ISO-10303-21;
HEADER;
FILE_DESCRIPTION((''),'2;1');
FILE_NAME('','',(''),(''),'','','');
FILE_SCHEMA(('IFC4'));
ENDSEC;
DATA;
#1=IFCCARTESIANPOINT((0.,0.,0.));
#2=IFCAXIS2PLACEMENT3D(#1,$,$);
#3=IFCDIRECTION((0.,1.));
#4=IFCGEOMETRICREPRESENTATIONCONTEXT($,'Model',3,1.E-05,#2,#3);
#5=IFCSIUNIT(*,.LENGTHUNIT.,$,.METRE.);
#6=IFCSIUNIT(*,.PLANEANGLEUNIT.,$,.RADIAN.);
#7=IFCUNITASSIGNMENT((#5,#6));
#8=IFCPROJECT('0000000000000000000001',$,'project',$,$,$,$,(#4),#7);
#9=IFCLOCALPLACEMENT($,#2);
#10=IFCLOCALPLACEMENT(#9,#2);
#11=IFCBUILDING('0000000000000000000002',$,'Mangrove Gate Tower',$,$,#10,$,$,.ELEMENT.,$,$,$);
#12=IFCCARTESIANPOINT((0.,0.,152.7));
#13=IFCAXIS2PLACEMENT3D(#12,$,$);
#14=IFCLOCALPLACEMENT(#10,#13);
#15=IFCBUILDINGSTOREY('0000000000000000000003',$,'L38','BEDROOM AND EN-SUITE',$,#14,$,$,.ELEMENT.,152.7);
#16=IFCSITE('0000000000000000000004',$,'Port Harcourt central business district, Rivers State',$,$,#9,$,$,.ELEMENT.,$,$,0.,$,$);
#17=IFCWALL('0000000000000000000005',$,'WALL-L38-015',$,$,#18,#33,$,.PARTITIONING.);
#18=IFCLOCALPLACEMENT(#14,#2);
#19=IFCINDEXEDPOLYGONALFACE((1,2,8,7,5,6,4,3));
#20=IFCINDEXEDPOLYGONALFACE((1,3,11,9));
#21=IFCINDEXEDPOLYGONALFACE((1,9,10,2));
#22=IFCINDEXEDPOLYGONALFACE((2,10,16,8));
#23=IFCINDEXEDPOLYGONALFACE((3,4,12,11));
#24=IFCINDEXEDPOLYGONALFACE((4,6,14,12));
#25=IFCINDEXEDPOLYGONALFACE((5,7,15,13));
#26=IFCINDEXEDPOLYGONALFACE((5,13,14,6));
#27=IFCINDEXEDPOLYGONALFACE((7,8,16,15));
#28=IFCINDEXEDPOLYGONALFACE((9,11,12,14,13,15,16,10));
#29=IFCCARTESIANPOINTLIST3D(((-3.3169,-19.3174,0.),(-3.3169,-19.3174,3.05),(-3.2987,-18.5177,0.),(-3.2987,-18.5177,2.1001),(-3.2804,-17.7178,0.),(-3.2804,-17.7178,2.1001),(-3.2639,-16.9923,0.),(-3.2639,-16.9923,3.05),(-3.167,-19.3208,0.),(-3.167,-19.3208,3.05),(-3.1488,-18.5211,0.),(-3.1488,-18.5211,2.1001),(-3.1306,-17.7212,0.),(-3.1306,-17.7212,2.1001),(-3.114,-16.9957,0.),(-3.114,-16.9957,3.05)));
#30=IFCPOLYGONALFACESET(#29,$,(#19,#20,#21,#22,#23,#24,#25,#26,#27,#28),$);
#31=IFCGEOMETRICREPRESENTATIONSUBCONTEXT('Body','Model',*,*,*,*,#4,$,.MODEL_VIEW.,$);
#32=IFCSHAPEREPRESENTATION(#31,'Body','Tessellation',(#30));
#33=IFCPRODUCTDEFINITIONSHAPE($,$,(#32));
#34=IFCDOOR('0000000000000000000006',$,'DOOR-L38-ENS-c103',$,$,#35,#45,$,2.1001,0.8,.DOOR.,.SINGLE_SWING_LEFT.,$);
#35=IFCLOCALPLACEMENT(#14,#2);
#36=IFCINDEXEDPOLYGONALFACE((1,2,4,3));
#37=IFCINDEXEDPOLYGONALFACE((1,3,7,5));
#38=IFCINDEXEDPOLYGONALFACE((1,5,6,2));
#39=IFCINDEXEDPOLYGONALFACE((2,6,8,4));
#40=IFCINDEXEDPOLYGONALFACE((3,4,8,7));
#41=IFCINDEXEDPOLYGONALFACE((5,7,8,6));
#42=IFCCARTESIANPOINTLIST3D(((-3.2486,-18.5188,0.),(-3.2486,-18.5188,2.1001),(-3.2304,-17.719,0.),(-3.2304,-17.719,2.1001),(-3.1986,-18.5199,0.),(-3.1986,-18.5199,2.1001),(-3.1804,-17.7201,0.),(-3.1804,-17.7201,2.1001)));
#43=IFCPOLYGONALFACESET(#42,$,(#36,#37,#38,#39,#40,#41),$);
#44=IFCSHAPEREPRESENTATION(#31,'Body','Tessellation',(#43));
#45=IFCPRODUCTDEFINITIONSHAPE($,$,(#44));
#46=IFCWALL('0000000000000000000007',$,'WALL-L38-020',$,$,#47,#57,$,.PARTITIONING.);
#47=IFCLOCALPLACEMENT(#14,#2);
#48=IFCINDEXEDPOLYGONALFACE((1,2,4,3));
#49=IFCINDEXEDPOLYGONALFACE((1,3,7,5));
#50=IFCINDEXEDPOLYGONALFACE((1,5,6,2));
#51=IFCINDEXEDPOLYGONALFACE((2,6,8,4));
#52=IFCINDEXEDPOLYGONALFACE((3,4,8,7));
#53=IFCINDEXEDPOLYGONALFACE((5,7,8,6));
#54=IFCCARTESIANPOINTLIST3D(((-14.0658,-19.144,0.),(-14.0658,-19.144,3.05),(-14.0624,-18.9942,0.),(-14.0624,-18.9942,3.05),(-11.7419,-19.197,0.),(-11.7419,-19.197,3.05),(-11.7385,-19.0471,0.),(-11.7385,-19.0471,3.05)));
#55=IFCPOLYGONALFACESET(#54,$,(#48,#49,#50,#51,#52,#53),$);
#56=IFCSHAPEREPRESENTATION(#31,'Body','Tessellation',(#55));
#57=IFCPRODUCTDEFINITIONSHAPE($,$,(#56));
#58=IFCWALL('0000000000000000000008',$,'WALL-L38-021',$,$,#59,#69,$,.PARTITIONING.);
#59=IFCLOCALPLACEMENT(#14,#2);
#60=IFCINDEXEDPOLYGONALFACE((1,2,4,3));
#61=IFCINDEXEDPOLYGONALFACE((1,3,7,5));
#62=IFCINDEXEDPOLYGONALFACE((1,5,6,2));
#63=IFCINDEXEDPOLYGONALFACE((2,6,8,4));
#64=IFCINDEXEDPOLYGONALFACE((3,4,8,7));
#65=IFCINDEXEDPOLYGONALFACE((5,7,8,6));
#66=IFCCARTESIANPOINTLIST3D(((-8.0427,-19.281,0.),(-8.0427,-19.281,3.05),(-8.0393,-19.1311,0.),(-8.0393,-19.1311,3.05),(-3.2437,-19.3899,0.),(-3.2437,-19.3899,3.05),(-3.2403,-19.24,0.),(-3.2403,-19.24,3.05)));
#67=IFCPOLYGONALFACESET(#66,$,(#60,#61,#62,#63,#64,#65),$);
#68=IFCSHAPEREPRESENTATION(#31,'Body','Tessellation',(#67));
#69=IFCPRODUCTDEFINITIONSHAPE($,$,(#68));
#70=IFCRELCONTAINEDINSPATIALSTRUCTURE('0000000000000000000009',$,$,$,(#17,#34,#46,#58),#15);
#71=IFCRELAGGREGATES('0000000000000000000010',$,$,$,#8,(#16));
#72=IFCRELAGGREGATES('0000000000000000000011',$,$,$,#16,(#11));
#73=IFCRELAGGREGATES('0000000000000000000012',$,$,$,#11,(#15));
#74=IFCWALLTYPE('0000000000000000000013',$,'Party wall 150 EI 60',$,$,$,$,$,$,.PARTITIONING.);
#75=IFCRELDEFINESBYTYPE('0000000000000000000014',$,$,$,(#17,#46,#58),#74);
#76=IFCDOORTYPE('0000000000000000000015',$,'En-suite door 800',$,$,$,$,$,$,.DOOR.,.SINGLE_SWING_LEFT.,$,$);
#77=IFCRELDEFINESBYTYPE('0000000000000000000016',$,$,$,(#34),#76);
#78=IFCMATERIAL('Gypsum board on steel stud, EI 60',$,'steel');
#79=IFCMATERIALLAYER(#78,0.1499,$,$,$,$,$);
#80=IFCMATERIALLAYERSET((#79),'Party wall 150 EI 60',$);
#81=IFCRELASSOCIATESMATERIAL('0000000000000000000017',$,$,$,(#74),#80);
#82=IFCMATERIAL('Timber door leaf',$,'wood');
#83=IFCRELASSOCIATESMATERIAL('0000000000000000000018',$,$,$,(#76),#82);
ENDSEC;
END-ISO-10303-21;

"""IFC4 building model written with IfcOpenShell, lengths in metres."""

from ifc_helpers import new_model, si_unit, direction, frame, frame_2d, origin, place, context, subcontext, project, spatial, rectangle, extrude, material, layer, layer_set, type_object, element, fill, save


model = new_model("IFC4")

# Units and contexts
model_context = context("Model", 3, precision=1e-05, world=origin(), true_north=direction((0.0, 1.0)))
body_context = subcontext(model_context, "Body", "Model", "MODEL_VIEW")
ifc_project = project(units=[si_unit("LENGTHUNIT", "METRE"), si_unit("PLANEANGLEUNIT", "RADIAN")], contexts=[model_context])

# Site, building, storey
site_placement = place(None, origin())
site = spatial("IfcSite", under=ifc_project, at=site_placement, Name="Port Harcourt central business district, Rivers State", CompositionType="ELEMENT", RefElevation=0.0)
building_placement = place(site_placement, origin())
building = spatial("IfcBuilding", under=site, at=building_placement, Name="Mangrove Gate Tower", CompositionType="ELEMENT")
storey_placement = place(building_placement, frame((0.0, 0.0, 152.7)))
storey = spatial("IfcBuildingStorey", under=building, at=storey_placement, Name="L38", Description="BEDROOM AND EN-SUITE", CompositionType="ELEMENT", Elevation=152.7)

# Shared definitions
ifc_material_1 = material(Name="Gypsum board on steel stud, EI 60", Category="steel")
ifc_layer_1 = layer(ifc_material_1, 0.1499)
ifc_layer_set_1 = layer_set([ifc_layer_1], Name="Party wall 150 EI 60")
wall_type_1 = type_object("IfcWallType", Name="Party wall 150 EI 60", PredefinedType="PARTITIONING", material=ifc_layer_set_1)

# Wall, opening, door
ifc_material_2 = material(Name="Timber door leaf", Category="wood")
door_type_1 = type_object("IfcDoorType", Name="En-suite door 800", OperationType="SINGLE_SWING_LEFT", PredefinedType="DOOR", material=ifc_material_2)
wall_1_placement = place(storey_placement, frame((-3.2419, -19.3191, 0.0), z_axis=(0.0, 0.0, 1.0), x_axis=(0.022779, 0.999741, 0.0)))
wall_1 = element("IfcWall", 1, at=wall_1_placement, inside=storey, type_object=wall_type_1, Name="WALL-L38-015", PredefinedType="PARTITIONING", context=body_context, shape_type="SweptSolid", body=[
    extrude(rectangle(XDim=2.3257, YDim=0.1499, at=frame_2d((1.1628, 0.0))), origin(), (0.0, 0.0, 1.0), 3.05),
])
opening_1_placement = place(wall_1_placement, frame((0.8, 0.0, 0.0)))
opening_1 = element("IfcOpeningElement", 2, at=opening_1_placement, cuts=wall_1, PredefinedType="OPENING", context=body_context, shape_type="SweptSolid", body=[
    extrude(rectangle(XDim=0.8, YDim=2.1001, at=frame_2d((0.3999, 1.05))), frame((0.0, 0.085, 0.0), z_axis=(0.0, -1.0, 0.0), x_axis=(1.0, 0.0, 0.0)), (0.0, 0.0, 1.0), 0.1699),
])
door_1_placement = place(opening_1_placement, origin())
door_1 = element("IfcDoor", 3, at=door_1_placement, inside=storey, type_object=door_type_1, Name="DOOR-L38-ENS-c103", OperationType="SINGLE_SWING_LEFT", OverallHeight=2.1001, OverallWidth=0.8, PredefinedType="DOOR", context=body_context, shape_type="SweptSolid", body=[
    extrude(rectangle(XDim=0.8, YDim=2.1001, at=frame_2d((0.3999, 1.05))), frame((0.0, 0.0249, 0.0), z_axis=(0.0, -1.0, 0.0), x_axis=(1.0, 0.0, 0.0)), (0.0, 0.0, 1.0), 0.05),
])
fill(opening_1, door_1)

# Walls
wall_2_placement = place(storey_placement, frame((-14.064, -19.0691, 0.0), z_axis=(0.0, 0.0, 1.0), x_axis=(0.99974, -0.022791, 0.0)))
element("IfcWall", 4, at=wall_2_placement, inside=storey, type_object=wall_type_1, Name="WALL-L38-020", PredefinedType="PARTITIONING", context=body_context, shape_type="SweptSolid", body=[
    extrude(rectangle(XDim=2.3245, YDim=0.1499, at=frame_2d((1.1621, 0.0))), origin(), (0.0, 0.0, 1.0), 3.05),
])
wall_3_placement = place(storey_placement, frame((-8.041, -19.2061, 0.0), z_axis=(0.0, 0.0, 1.0), x_axis=(0.999743, -0.022683, 0.0)))
element("IfcWall", 5, at=wall_3_placement, inside=storey, type_object=wall_type_1, Name="WALL-L38-021", PredefinedType="PARTITIONING", context=body_context, shape_type="SweptSolid", body=[
    extrude(rectangle(XDim=4.8003, YDim=0.1499, at=frame_2d((2.4001, 0.0))), origin(), (0.0, 0.0, 1.0), 3.05),
])

save(model, "model.ifc")
